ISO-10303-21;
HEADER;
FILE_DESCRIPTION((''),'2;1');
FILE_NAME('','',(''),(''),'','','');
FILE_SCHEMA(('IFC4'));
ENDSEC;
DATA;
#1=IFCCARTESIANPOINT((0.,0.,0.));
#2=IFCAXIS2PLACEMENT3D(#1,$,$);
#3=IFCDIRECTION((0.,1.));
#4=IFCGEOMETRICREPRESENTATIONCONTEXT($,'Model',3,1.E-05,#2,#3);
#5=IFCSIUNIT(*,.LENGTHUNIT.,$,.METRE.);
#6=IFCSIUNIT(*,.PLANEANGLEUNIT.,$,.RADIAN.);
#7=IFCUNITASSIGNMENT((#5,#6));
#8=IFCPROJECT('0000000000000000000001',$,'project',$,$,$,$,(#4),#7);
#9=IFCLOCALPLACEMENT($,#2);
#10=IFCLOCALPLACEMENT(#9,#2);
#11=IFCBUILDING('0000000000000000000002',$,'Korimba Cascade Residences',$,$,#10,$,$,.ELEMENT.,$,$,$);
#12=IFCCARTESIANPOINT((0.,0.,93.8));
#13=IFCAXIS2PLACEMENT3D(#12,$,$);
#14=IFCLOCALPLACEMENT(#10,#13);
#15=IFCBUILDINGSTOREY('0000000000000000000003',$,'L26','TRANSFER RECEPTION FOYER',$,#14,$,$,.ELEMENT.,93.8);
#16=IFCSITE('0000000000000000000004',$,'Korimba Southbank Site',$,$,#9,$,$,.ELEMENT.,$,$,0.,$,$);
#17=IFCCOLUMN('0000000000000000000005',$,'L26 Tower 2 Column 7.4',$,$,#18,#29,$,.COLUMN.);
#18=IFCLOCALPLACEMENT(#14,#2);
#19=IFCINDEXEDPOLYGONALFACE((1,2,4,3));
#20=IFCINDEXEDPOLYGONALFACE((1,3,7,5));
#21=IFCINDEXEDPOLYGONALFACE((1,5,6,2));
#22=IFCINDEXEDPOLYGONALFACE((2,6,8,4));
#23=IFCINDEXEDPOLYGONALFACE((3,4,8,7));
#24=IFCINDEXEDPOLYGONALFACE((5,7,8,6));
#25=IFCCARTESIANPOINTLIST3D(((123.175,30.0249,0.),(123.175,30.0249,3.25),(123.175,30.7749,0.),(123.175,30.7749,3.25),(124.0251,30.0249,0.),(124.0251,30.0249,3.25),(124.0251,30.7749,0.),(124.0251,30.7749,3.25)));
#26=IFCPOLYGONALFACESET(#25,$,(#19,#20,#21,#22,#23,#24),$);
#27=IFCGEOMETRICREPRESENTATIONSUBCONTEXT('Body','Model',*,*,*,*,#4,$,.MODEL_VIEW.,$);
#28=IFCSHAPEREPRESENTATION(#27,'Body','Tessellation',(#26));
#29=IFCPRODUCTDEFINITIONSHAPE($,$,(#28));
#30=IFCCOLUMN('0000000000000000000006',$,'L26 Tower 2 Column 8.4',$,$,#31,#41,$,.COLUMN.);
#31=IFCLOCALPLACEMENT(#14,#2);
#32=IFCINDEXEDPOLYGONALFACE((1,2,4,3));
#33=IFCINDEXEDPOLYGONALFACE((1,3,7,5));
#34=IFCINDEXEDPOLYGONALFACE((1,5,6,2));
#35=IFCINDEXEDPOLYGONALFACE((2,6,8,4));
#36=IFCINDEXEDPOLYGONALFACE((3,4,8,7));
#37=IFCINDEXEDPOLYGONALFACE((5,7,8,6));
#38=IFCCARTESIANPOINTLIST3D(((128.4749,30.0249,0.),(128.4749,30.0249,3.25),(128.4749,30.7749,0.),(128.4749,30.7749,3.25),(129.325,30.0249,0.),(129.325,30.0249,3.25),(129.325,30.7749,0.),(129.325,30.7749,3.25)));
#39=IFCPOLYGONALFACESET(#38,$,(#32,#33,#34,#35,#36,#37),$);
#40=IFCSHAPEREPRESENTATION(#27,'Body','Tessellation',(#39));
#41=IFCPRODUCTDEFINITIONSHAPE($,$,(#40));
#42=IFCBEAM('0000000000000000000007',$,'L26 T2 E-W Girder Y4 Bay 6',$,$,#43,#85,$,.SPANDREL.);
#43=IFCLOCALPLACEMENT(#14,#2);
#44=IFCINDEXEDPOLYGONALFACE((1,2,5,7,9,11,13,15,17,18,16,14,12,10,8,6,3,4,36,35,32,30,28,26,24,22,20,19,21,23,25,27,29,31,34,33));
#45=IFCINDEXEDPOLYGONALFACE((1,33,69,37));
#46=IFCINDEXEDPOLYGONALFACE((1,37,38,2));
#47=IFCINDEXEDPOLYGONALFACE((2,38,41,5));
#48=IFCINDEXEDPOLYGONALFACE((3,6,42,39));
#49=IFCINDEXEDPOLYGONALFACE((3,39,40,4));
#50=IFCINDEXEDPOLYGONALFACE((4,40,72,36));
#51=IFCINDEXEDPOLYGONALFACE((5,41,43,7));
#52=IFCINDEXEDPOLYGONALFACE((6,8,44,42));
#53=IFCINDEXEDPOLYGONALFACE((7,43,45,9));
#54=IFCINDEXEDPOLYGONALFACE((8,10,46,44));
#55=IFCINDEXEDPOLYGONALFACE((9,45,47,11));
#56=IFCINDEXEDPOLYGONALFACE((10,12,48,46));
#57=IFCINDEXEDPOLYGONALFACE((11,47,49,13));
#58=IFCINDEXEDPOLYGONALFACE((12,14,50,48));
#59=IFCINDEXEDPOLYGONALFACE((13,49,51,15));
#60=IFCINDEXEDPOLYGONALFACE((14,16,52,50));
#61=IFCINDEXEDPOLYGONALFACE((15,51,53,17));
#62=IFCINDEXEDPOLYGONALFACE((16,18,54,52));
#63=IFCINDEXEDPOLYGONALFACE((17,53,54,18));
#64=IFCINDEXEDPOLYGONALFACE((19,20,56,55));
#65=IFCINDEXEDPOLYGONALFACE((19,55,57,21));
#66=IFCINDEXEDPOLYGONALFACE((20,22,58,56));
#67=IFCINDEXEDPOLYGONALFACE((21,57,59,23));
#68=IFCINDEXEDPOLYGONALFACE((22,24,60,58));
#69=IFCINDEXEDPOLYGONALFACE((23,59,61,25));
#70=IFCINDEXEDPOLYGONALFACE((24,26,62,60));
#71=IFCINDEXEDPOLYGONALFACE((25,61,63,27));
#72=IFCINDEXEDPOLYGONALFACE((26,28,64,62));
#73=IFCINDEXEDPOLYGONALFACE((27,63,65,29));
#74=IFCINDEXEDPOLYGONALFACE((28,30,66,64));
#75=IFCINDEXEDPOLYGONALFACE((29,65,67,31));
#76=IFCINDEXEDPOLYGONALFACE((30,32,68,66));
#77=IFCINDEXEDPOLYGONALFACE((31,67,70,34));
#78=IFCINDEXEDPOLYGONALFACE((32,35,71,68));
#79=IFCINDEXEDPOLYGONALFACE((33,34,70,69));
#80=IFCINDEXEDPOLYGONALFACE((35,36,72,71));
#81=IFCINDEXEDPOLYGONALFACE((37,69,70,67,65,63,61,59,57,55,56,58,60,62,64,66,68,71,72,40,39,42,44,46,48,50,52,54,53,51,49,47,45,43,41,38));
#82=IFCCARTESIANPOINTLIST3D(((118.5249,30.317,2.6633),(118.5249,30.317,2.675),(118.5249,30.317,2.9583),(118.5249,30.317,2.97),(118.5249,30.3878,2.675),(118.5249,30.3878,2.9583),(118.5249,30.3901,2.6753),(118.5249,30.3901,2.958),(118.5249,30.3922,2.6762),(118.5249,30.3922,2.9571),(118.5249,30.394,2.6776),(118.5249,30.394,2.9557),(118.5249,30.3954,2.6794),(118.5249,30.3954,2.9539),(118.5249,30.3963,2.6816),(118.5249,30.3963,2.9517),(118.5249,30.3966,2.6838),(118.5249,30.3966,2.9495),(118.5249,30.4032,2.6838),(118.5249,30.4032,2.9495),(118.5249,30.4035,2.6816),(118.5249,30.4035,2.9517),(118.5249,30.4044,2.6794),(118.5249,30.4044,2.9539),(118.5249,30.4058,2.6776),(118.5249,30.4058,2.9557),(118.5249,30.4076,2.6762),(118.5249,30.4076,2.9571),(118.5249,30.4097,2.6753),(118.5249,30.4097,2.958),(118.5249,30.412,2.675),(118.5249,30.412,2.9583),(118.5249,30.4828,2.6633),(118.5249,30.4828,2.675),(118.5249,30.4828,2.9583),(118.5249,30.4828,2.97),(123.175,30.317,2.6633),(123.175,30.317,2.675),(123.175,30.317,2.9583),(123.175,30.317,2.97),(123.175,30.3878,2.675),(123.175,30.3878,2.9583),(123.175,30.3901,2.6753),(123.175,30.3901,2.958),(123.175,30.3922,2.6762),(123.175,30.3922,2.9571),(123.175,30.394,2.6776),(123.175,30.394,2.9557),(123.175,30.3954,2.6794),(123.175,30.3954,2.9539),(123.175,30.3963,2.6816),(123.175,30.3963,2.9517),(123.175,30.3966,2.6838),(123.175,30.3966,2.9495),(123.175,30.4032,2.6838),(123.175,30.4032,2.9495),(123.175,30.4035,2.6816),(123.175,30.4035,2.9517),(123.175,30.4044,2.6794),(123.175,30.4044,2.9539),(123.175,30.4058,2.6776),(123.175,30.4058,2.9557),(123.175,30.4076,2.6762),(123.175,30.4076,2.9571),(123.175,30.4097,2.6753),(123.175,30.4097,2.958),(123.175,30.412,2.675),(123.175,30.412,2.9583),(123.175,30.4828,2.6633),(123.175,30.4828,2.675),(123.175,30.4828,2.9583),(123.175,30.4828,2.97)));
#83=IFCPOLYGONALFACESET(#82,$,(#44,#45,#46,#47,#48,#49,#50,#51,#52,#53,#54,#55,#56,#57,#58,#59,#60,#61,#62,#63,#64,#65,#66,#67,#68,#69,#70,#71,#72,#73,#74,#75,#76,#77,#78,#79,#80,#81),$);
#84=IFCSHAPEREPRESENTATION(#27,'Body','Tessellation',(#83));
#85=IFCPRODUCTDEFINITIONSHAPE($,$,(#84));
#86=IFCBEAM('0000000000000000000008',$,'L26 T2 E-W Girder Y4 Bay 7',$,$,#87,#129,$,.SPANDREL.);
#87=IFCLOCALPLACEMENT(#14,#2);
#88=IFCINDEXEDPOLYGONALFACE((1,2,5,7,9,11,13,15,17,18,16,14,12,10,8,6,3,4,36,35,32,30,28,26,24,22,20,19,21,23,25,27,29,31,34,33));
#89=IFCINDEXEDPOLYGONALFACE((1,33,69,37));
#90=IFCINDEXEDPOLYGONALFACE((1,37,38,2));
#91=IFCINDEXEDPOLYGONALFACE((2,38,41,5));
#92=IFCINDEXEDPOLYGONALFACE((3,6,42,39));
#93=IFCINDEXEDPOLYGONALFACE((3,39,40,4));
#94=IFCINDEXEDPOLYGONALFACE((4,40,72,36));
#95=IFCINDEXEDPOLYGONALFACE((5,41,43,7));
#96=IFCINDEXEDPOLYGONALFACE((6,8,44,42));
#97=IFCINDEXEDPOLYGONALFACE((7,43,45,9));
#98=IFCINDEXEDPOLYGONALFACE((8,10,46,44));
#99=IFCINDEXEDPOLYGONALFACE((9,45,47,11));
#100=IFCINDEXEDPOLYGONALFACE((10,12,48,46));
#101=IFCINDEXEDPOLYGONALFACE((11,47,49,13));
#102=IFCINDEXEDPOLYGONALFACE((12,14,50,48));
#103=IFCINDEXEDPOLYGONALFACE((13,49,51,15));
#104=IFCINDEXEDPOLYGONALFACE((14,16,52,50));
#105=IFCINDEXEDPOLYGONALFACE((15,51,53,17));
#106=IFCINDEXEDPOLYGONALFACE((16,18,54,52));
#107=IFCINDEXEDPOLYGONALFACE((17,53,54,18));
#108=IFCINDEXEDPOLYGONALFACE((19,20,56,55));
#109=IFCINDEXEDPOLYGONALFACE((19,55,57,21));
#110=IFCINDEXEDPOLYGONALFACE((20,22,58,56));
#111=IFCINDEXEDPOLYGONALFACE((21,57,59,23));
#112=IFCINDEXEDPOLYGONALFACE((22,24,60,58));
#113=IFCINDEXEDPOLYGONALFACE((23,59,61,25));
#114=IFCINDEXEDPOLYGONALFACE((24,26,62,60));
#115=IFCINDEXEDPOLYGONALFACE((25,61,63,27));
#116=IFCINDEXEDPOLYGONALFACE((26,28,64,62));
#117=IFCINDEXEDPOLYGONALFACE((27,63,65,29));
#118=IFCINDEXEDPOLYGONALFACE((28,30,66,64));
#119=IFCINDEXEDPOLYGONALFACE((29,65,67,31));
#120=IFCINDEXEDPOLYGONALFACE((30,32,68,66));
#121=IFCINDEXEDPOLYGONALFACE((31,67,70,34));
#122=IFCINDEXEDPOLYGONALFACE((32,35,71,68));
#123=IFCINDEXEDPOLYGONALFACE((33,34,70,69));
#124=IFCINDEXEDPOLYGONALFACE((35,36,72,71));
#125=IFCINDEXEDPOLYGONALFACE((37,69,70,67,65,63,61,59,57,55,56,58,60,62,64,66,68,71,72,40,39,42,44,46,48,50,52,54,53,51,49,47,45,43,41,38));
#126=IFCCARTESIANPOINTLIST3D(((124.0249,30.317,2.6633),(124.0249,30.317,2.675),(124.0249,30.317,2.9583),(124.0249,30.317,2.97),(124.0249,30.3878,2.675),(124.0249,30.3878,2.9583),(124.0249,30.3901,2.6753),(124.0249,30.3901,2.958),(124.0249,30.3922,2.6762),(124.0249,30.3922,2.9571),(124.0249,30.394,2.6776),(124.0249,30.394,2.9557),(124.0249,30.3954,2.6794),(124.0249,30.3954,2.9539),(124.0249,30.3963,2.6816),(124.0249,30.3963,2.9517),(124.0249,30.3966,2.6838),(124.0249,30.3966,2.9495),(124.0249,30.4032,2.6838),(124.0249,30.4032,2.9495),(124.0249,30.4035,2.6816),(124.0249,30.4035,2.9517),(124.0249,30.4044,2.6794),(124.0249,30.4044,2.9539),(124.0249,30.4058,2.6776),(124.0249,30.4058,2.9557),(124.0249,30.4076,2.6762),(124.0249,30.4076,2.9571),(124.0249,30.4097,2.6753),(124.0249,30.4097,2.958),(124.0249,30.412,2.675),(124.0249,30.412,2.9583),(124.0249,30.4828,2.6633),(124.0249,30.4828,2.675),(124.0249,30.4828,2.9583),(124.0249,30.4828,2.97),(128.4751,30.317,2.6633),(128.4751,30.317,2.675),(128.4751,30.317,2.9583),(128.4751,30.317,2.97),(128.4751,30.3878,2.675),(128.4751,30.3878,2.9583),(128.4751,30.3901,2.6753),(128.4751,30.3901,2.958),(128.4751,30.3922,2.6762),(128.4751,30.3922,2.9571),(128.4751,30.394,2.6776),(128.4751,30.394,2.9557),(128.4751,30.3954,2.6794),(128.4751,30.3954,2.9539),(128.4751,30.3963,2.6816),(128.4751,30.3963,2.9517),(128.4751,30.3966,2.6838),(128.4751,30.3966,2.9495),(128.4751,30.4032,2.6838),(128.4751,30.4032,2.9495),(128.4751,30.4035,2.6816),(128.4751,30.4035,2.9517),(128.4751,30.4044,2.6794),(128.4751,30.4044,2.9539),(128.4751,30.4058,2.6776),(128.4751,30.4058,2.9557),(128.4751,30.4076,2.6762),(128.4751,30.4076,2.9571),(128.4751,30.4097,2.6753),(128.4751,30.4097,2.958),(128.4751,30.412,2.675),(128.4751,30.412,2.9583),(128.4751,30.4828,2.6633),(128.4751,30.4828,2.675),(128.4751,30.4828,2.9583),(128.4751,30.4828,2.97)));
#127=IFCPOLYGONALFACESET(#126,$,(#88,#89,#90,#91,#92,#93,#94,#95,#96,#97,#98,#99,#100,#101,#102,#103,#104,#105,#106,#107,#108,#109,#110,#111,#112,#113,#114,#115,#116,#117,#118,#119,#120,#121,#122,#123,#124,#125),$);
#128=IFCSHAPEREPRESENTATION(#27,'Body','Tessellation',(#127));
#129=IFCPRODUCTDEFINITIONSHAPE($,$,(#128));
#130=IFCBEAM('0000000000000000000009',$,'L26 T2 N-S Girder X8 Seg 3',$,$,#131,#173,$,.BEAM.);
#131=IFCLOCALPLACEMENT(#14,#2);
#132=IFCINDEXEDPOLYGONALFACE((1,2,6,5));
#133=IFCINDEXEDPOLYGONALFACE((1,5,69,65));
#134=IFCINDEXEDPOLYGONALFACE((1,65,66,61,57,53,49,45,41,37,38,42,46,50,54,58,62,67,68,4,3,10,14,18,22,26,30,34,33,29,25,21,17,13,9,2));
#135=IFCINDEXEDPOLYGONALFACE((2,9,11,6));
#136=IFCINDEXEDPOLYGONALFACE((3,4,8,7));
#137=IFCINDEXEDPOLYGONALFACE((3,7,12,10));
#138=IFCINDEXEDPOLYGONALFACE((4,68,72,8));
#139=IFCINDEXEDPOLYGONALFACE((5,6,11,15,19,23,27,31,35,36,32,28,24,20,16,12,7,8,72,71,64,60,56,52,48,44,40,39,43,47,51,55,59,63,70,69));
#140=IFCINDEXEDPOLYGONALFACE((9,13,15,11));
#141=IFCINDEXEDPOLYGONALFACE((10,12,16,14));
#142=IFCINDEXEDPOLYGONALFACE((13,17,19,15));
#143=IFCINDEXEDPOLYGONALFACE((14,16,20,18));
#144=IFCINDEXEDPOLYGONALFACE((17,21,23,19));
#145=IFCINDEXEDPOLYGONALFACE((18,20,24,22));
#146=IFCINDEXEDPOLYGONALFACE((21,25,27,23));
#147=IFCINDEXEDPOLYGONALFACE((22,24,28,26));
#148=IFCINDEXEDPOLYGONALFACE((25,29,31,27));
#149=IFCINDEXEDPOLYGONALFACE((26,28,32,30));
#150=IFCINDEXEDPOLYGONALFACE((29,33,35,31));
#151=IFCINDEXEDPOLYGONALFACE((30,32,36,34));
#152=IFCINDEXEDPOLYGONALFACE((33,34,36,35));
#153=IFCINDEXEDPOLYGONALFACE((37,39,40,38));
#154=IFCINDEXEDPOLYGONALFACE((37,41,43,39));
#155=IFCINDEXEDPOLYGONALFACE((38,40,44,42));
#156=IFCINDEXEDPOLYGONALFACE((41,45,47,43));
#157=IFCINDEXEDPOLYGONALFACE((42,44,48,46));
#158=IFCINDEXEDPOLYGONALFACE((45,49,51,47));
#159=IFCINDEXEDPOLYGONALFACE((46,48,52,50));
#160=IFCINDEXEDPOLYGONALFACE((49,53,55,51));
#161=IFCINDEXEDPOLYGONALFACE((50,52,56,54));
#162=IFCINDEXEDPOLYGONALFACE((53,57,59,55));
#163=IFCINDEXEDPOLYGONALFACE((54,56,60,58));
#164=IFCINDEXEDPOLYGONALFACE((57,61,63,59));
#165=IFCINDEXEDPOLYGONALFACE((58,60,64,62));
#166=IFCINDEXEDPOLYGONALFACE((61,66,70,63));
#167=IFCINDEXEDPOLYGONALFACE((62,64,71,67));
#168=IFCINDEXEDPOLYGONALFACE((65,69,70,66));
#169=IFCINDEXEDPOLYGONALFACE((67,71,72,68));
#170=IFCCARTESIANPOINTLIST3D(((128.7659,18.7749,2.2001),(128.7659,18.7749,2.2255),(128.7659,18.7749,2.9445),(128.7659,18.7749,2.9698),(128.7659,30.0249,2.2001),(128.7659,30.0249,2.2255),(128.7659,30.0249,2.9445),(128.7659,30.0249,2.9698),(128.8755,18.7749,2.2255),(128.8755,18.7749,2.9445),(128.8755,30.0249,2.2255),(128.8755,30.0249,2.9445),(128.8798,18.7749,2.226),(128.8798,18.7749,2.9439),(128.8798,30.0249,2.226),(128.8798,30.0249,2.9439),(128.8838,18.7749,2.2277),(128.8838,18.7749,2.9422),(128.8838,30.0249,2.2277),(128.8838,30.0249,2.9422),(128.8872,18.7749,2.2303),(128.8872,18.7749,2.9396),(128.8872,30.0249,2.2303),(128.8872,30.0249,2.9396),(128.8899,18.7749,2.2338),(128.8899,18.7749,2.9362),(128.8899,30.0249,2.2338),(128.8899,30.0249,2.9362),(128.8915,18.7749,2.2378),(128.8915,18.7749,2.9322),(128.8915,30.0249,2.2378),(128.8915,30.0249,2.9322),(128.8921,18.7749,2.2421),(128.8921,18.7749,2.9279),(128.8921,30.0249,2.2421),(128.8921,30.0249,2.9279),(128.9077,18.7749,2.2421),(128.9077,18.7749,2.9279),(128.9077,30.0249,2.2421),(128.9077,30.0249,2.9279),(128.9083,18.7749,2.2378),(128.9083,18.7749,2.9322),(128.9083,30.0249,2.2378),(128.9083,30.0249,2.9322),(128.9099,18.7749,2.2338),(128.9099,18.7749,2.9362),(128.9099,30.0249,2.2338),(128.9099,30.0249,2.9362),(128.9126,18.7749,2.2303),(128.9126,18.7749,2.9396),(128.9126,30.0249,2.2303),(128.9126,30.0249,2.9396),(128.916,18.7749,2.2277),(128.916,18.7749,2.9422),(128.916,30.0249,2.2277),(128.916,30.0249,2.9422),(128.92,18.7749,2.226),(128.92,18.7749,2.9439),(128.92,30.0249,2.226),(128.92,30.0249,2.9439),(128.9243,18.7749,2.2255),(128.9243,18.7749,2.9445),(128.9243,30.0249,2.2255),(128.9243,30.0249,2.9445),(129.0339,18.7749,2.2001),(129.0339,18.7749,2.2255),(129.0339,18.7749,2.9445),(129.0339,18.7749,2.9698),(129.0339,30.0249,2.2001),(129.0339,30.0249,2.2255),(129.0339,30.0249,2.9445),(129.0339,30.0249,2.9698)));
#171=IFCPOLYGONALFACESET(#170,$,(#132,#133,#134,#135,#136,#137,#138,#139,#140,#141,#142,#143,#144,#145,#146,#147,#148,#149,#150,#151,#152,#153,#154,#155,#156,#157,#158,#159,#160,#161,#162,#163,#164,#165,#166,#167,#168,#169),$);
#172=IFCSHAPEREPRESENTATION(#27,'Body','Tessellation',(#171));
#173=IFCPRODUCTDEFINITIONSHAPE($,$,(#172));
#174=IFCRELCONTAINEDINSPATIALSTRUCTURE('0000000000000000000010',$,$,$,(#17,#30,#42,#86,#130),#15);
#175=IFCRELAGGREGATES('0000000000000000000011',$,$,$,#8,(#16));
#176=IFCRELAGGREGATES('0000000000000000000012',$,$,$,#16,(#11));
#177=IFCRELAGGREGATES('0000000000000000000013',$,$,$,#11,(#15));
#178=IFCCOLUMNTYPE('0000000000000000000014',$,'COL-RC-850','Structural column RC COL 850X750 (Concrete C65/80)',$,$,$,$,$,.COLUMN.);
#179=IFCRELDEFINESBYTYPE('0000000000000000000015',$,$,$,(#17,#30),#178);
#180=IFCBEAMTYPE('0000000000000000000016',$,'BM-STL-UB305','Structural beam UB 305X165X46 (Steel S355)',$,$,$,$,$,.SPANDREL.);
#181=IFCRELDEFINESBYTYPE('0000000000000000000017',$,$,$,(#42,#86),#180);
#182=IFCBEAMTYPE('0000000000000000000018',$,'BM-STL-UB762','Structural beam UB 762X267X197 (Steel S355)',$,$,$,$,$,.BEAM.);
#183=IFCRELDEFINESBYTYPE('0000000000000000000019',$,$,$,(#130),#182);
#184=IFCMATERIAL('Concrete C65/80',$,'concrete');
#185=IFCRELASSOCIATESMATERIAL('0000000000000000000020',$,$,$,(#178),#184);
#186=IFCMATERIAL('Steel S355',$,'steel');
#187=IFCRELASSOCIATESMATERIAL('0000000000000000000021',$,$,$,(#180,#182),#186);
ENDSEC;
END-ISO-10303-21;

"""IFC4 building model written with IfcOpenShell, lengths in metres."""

from ifc_helpers import new_model, si_unit, direction, frame, origin, origin_2d, place, context, subcontext, project, spatial, rectangle, i_section, extrude, material, material_profile, profile_set, type_object, element, save


model = new_model("IFC4")

# Units and contexts
model_context = context("Model", 3, precision=1e-05, world=origin(), true_north=direction((0.0, 1.0)))
body_context = subcontext(model_context, "Body", "Model", "MODEL_VIEW")
ifc_project = project(units=[si_unit("LENGTHUNIT", "METRE"), si_unit("PLANEANGLEUNIT", "RADIAN")], contexts=[model_context])

# Site, building, storey
site_placement = place(None, origin())
site = spatial("IfcSite", under=ifc_project, at=site_placement, Name="Korimba Southbank Site", CompositionType="ELEMENT", RefElevation=0.0)
building_placement = place(site_placement, origin())
building = spatial("IfcBuilding", under=site, at=building_placement, Name="Korimba Cascade Residences", CompositionType="ELEMENT")
storey_placement = place(building_placement, frame((0.0, 0.0, 93.8)))
storey = spatial("IfcBuildingStorey", under=building, at=storey_placement, Name="L26", Description="TRANSFER RECEPTION FOYER", CompositionType="ELEMENT", Elevation=93.8)

# Columns
ifc_material_1 = material(Name="Concrete C65/80", Category="concrete")
ifc_material_profile_1 = material_profile(ifc_material_1, rectangle(XDim=0.8501, YDim=0.75, at=origin_2d()), Name="Concrete C65/80")
ifc_profile_set_1 = profile_set([ifc_material_profile_1], Name="Concrete C65/80")
column_type = type_object("IfcColumnType", Name="COL-RC-850", Description="Structural column RC COL 850X750 (Concrete C65/80)", PredefinedType="COLUMN", material=ifc_profile_set_1)
for number, where, z_axis, x_axis, name in (
    (1, (123.6001, 30.3999, 0.0), (0.0, 0.0, 1.0), (1.0, 0.0, 0.0), "L26 Tower 2 Column 7.4"),
    (2, (128.8999, 30.3999, 0.0), (0.0, 0.0, 1.0), (1.0, 0.0, 0.0), "L26 Tower 2 Column 8.4"),
):
    element("IfcColumn", number, at=place(storey_placement, frame(where, z_axis=z_axis, x_axis=x_axis)), inside=storey, type_object=column_type, Name=name, PredefinedType="COLUMN", context=body_context, shape_type="SweptSolid", body=[
        extrude(rectangle(XDim=0.8501, YDim=0.75, at=origin_2d()), origin(), (0.0, 0.0, 1.0), 3.25),
    ])

# Beams
ifc_material_2 = material(Name="Steel S355", Category="steel")
ifc_material_profile_2 = material_profile(ifc_material_2, i_section(OverallWidth=0.1658, OverallDepth=0.3066, WebThickness=0.0066, FlangeThickness=0.0117, FilletRadius=0.0088, at=origin_2d()), Name="Steel S355")
ifc_profile_set_2 = profile_set([ifc_material_profile_2], Name="Steel S355")
beam_type_1 = type_object("IfcBeamType", Name="BM-STL-UB305", Description="Structural beam UB 305X165X46 (Steel S355)", PredefinedType="SPANDREL", material=ifc_profile_set_2)
beam_1_placement = place(storey_placement, frame((118.5249, 30.3999, 2.8167), z_axis=(1.0, 0.0, 0.0), x_axis=(0.0, 1.0, 0.0)))
element("IfcBeam", 3, at=beam_1_placement, inside=storey, type_object=beam_type_1, Name="L26 T2 E-W Girder Y4 Bay 6", PredefinedType="SPANDREL", context=body_context, shape_type="SweptSolid", body=[
    extrude(i_section(OverallWidth=0.1658, OverallDepth=0.3066, WebThickness=0.0066, FlangeThickness=0.0117, FilletRadius=0.0088, at=origin_2d()), origin(), (0.0, 0.0, 1.0), 4.6501),
])
beam_2_placement = place(storey_placement, frame((124.0249, 30.3999, 2.8167), z_axis=(1.0, 0.0, 0.0), x_axis=(0.0, 1.0, 0.0)))
element("IfcBeam", 4, at=beam_2_placement, inside=storey, type_object=beam_type_1, Name="L26 T2 E-W Girder Y4 Bay 7", PredefinedType="SPANDREL", context=body_context, shape_type="SweptSolid", body=[
    extrude(i_section(OverallWidth=0.1658, OverallDepth=0.3066, WebThickness=0.0066, FlangeThickness=0.0117, FilletRadius=0.0088, at=origin_2d()), origin(), (0.0, 0.0, 1.0), 4.4502),
])
ifc_material_profile_3 = material_profile(ifc_material_2, i_section(OverallWidth=0.2681, OverallDepth=0.7698, WebThickness=0.0156, FlangeThickness=0.0254, FilletRadius=0.0166, at=origin_2d()), Name="Steel S355")
ifc_profile_set_3 = profile_set([ifc_material_profile_3], Name="Steel S355")
beam_type_2 = type_object("IfcBeamType", Name="BM-STL-UB762", Description="Structural beam UB 762X267X197 (Steel S355)", PredefinedType="BEAM", material=ifc_profile_set_3)
beam_3_placement = place(storey_placement, frame((128.8999, 18.7749, 2.585), z_axis=(0.0, 1.0, 0.0), x_axis=(-1.0, 0.0, 0.0)))
element("IfcBeam", 5, at=beam_3_placement, inside=storey, type_object=beam_type_2, Name="L26 T2 N-S Girder X8 Seg 3", PredefinedType="BEAM", context=body_context, shape_type="SweptSolid", body=[
    extrude(i_section(OverallWidth=0.2681, OverallDepth=0.7698, WebThickness=0.0156, FlangeThickness=0.0254, FilletRadius=0.0166, at=origin_2d()), origin(), (0.0, 0.0, 1.0), 11.25),
])

save(model, "model.ifc")
